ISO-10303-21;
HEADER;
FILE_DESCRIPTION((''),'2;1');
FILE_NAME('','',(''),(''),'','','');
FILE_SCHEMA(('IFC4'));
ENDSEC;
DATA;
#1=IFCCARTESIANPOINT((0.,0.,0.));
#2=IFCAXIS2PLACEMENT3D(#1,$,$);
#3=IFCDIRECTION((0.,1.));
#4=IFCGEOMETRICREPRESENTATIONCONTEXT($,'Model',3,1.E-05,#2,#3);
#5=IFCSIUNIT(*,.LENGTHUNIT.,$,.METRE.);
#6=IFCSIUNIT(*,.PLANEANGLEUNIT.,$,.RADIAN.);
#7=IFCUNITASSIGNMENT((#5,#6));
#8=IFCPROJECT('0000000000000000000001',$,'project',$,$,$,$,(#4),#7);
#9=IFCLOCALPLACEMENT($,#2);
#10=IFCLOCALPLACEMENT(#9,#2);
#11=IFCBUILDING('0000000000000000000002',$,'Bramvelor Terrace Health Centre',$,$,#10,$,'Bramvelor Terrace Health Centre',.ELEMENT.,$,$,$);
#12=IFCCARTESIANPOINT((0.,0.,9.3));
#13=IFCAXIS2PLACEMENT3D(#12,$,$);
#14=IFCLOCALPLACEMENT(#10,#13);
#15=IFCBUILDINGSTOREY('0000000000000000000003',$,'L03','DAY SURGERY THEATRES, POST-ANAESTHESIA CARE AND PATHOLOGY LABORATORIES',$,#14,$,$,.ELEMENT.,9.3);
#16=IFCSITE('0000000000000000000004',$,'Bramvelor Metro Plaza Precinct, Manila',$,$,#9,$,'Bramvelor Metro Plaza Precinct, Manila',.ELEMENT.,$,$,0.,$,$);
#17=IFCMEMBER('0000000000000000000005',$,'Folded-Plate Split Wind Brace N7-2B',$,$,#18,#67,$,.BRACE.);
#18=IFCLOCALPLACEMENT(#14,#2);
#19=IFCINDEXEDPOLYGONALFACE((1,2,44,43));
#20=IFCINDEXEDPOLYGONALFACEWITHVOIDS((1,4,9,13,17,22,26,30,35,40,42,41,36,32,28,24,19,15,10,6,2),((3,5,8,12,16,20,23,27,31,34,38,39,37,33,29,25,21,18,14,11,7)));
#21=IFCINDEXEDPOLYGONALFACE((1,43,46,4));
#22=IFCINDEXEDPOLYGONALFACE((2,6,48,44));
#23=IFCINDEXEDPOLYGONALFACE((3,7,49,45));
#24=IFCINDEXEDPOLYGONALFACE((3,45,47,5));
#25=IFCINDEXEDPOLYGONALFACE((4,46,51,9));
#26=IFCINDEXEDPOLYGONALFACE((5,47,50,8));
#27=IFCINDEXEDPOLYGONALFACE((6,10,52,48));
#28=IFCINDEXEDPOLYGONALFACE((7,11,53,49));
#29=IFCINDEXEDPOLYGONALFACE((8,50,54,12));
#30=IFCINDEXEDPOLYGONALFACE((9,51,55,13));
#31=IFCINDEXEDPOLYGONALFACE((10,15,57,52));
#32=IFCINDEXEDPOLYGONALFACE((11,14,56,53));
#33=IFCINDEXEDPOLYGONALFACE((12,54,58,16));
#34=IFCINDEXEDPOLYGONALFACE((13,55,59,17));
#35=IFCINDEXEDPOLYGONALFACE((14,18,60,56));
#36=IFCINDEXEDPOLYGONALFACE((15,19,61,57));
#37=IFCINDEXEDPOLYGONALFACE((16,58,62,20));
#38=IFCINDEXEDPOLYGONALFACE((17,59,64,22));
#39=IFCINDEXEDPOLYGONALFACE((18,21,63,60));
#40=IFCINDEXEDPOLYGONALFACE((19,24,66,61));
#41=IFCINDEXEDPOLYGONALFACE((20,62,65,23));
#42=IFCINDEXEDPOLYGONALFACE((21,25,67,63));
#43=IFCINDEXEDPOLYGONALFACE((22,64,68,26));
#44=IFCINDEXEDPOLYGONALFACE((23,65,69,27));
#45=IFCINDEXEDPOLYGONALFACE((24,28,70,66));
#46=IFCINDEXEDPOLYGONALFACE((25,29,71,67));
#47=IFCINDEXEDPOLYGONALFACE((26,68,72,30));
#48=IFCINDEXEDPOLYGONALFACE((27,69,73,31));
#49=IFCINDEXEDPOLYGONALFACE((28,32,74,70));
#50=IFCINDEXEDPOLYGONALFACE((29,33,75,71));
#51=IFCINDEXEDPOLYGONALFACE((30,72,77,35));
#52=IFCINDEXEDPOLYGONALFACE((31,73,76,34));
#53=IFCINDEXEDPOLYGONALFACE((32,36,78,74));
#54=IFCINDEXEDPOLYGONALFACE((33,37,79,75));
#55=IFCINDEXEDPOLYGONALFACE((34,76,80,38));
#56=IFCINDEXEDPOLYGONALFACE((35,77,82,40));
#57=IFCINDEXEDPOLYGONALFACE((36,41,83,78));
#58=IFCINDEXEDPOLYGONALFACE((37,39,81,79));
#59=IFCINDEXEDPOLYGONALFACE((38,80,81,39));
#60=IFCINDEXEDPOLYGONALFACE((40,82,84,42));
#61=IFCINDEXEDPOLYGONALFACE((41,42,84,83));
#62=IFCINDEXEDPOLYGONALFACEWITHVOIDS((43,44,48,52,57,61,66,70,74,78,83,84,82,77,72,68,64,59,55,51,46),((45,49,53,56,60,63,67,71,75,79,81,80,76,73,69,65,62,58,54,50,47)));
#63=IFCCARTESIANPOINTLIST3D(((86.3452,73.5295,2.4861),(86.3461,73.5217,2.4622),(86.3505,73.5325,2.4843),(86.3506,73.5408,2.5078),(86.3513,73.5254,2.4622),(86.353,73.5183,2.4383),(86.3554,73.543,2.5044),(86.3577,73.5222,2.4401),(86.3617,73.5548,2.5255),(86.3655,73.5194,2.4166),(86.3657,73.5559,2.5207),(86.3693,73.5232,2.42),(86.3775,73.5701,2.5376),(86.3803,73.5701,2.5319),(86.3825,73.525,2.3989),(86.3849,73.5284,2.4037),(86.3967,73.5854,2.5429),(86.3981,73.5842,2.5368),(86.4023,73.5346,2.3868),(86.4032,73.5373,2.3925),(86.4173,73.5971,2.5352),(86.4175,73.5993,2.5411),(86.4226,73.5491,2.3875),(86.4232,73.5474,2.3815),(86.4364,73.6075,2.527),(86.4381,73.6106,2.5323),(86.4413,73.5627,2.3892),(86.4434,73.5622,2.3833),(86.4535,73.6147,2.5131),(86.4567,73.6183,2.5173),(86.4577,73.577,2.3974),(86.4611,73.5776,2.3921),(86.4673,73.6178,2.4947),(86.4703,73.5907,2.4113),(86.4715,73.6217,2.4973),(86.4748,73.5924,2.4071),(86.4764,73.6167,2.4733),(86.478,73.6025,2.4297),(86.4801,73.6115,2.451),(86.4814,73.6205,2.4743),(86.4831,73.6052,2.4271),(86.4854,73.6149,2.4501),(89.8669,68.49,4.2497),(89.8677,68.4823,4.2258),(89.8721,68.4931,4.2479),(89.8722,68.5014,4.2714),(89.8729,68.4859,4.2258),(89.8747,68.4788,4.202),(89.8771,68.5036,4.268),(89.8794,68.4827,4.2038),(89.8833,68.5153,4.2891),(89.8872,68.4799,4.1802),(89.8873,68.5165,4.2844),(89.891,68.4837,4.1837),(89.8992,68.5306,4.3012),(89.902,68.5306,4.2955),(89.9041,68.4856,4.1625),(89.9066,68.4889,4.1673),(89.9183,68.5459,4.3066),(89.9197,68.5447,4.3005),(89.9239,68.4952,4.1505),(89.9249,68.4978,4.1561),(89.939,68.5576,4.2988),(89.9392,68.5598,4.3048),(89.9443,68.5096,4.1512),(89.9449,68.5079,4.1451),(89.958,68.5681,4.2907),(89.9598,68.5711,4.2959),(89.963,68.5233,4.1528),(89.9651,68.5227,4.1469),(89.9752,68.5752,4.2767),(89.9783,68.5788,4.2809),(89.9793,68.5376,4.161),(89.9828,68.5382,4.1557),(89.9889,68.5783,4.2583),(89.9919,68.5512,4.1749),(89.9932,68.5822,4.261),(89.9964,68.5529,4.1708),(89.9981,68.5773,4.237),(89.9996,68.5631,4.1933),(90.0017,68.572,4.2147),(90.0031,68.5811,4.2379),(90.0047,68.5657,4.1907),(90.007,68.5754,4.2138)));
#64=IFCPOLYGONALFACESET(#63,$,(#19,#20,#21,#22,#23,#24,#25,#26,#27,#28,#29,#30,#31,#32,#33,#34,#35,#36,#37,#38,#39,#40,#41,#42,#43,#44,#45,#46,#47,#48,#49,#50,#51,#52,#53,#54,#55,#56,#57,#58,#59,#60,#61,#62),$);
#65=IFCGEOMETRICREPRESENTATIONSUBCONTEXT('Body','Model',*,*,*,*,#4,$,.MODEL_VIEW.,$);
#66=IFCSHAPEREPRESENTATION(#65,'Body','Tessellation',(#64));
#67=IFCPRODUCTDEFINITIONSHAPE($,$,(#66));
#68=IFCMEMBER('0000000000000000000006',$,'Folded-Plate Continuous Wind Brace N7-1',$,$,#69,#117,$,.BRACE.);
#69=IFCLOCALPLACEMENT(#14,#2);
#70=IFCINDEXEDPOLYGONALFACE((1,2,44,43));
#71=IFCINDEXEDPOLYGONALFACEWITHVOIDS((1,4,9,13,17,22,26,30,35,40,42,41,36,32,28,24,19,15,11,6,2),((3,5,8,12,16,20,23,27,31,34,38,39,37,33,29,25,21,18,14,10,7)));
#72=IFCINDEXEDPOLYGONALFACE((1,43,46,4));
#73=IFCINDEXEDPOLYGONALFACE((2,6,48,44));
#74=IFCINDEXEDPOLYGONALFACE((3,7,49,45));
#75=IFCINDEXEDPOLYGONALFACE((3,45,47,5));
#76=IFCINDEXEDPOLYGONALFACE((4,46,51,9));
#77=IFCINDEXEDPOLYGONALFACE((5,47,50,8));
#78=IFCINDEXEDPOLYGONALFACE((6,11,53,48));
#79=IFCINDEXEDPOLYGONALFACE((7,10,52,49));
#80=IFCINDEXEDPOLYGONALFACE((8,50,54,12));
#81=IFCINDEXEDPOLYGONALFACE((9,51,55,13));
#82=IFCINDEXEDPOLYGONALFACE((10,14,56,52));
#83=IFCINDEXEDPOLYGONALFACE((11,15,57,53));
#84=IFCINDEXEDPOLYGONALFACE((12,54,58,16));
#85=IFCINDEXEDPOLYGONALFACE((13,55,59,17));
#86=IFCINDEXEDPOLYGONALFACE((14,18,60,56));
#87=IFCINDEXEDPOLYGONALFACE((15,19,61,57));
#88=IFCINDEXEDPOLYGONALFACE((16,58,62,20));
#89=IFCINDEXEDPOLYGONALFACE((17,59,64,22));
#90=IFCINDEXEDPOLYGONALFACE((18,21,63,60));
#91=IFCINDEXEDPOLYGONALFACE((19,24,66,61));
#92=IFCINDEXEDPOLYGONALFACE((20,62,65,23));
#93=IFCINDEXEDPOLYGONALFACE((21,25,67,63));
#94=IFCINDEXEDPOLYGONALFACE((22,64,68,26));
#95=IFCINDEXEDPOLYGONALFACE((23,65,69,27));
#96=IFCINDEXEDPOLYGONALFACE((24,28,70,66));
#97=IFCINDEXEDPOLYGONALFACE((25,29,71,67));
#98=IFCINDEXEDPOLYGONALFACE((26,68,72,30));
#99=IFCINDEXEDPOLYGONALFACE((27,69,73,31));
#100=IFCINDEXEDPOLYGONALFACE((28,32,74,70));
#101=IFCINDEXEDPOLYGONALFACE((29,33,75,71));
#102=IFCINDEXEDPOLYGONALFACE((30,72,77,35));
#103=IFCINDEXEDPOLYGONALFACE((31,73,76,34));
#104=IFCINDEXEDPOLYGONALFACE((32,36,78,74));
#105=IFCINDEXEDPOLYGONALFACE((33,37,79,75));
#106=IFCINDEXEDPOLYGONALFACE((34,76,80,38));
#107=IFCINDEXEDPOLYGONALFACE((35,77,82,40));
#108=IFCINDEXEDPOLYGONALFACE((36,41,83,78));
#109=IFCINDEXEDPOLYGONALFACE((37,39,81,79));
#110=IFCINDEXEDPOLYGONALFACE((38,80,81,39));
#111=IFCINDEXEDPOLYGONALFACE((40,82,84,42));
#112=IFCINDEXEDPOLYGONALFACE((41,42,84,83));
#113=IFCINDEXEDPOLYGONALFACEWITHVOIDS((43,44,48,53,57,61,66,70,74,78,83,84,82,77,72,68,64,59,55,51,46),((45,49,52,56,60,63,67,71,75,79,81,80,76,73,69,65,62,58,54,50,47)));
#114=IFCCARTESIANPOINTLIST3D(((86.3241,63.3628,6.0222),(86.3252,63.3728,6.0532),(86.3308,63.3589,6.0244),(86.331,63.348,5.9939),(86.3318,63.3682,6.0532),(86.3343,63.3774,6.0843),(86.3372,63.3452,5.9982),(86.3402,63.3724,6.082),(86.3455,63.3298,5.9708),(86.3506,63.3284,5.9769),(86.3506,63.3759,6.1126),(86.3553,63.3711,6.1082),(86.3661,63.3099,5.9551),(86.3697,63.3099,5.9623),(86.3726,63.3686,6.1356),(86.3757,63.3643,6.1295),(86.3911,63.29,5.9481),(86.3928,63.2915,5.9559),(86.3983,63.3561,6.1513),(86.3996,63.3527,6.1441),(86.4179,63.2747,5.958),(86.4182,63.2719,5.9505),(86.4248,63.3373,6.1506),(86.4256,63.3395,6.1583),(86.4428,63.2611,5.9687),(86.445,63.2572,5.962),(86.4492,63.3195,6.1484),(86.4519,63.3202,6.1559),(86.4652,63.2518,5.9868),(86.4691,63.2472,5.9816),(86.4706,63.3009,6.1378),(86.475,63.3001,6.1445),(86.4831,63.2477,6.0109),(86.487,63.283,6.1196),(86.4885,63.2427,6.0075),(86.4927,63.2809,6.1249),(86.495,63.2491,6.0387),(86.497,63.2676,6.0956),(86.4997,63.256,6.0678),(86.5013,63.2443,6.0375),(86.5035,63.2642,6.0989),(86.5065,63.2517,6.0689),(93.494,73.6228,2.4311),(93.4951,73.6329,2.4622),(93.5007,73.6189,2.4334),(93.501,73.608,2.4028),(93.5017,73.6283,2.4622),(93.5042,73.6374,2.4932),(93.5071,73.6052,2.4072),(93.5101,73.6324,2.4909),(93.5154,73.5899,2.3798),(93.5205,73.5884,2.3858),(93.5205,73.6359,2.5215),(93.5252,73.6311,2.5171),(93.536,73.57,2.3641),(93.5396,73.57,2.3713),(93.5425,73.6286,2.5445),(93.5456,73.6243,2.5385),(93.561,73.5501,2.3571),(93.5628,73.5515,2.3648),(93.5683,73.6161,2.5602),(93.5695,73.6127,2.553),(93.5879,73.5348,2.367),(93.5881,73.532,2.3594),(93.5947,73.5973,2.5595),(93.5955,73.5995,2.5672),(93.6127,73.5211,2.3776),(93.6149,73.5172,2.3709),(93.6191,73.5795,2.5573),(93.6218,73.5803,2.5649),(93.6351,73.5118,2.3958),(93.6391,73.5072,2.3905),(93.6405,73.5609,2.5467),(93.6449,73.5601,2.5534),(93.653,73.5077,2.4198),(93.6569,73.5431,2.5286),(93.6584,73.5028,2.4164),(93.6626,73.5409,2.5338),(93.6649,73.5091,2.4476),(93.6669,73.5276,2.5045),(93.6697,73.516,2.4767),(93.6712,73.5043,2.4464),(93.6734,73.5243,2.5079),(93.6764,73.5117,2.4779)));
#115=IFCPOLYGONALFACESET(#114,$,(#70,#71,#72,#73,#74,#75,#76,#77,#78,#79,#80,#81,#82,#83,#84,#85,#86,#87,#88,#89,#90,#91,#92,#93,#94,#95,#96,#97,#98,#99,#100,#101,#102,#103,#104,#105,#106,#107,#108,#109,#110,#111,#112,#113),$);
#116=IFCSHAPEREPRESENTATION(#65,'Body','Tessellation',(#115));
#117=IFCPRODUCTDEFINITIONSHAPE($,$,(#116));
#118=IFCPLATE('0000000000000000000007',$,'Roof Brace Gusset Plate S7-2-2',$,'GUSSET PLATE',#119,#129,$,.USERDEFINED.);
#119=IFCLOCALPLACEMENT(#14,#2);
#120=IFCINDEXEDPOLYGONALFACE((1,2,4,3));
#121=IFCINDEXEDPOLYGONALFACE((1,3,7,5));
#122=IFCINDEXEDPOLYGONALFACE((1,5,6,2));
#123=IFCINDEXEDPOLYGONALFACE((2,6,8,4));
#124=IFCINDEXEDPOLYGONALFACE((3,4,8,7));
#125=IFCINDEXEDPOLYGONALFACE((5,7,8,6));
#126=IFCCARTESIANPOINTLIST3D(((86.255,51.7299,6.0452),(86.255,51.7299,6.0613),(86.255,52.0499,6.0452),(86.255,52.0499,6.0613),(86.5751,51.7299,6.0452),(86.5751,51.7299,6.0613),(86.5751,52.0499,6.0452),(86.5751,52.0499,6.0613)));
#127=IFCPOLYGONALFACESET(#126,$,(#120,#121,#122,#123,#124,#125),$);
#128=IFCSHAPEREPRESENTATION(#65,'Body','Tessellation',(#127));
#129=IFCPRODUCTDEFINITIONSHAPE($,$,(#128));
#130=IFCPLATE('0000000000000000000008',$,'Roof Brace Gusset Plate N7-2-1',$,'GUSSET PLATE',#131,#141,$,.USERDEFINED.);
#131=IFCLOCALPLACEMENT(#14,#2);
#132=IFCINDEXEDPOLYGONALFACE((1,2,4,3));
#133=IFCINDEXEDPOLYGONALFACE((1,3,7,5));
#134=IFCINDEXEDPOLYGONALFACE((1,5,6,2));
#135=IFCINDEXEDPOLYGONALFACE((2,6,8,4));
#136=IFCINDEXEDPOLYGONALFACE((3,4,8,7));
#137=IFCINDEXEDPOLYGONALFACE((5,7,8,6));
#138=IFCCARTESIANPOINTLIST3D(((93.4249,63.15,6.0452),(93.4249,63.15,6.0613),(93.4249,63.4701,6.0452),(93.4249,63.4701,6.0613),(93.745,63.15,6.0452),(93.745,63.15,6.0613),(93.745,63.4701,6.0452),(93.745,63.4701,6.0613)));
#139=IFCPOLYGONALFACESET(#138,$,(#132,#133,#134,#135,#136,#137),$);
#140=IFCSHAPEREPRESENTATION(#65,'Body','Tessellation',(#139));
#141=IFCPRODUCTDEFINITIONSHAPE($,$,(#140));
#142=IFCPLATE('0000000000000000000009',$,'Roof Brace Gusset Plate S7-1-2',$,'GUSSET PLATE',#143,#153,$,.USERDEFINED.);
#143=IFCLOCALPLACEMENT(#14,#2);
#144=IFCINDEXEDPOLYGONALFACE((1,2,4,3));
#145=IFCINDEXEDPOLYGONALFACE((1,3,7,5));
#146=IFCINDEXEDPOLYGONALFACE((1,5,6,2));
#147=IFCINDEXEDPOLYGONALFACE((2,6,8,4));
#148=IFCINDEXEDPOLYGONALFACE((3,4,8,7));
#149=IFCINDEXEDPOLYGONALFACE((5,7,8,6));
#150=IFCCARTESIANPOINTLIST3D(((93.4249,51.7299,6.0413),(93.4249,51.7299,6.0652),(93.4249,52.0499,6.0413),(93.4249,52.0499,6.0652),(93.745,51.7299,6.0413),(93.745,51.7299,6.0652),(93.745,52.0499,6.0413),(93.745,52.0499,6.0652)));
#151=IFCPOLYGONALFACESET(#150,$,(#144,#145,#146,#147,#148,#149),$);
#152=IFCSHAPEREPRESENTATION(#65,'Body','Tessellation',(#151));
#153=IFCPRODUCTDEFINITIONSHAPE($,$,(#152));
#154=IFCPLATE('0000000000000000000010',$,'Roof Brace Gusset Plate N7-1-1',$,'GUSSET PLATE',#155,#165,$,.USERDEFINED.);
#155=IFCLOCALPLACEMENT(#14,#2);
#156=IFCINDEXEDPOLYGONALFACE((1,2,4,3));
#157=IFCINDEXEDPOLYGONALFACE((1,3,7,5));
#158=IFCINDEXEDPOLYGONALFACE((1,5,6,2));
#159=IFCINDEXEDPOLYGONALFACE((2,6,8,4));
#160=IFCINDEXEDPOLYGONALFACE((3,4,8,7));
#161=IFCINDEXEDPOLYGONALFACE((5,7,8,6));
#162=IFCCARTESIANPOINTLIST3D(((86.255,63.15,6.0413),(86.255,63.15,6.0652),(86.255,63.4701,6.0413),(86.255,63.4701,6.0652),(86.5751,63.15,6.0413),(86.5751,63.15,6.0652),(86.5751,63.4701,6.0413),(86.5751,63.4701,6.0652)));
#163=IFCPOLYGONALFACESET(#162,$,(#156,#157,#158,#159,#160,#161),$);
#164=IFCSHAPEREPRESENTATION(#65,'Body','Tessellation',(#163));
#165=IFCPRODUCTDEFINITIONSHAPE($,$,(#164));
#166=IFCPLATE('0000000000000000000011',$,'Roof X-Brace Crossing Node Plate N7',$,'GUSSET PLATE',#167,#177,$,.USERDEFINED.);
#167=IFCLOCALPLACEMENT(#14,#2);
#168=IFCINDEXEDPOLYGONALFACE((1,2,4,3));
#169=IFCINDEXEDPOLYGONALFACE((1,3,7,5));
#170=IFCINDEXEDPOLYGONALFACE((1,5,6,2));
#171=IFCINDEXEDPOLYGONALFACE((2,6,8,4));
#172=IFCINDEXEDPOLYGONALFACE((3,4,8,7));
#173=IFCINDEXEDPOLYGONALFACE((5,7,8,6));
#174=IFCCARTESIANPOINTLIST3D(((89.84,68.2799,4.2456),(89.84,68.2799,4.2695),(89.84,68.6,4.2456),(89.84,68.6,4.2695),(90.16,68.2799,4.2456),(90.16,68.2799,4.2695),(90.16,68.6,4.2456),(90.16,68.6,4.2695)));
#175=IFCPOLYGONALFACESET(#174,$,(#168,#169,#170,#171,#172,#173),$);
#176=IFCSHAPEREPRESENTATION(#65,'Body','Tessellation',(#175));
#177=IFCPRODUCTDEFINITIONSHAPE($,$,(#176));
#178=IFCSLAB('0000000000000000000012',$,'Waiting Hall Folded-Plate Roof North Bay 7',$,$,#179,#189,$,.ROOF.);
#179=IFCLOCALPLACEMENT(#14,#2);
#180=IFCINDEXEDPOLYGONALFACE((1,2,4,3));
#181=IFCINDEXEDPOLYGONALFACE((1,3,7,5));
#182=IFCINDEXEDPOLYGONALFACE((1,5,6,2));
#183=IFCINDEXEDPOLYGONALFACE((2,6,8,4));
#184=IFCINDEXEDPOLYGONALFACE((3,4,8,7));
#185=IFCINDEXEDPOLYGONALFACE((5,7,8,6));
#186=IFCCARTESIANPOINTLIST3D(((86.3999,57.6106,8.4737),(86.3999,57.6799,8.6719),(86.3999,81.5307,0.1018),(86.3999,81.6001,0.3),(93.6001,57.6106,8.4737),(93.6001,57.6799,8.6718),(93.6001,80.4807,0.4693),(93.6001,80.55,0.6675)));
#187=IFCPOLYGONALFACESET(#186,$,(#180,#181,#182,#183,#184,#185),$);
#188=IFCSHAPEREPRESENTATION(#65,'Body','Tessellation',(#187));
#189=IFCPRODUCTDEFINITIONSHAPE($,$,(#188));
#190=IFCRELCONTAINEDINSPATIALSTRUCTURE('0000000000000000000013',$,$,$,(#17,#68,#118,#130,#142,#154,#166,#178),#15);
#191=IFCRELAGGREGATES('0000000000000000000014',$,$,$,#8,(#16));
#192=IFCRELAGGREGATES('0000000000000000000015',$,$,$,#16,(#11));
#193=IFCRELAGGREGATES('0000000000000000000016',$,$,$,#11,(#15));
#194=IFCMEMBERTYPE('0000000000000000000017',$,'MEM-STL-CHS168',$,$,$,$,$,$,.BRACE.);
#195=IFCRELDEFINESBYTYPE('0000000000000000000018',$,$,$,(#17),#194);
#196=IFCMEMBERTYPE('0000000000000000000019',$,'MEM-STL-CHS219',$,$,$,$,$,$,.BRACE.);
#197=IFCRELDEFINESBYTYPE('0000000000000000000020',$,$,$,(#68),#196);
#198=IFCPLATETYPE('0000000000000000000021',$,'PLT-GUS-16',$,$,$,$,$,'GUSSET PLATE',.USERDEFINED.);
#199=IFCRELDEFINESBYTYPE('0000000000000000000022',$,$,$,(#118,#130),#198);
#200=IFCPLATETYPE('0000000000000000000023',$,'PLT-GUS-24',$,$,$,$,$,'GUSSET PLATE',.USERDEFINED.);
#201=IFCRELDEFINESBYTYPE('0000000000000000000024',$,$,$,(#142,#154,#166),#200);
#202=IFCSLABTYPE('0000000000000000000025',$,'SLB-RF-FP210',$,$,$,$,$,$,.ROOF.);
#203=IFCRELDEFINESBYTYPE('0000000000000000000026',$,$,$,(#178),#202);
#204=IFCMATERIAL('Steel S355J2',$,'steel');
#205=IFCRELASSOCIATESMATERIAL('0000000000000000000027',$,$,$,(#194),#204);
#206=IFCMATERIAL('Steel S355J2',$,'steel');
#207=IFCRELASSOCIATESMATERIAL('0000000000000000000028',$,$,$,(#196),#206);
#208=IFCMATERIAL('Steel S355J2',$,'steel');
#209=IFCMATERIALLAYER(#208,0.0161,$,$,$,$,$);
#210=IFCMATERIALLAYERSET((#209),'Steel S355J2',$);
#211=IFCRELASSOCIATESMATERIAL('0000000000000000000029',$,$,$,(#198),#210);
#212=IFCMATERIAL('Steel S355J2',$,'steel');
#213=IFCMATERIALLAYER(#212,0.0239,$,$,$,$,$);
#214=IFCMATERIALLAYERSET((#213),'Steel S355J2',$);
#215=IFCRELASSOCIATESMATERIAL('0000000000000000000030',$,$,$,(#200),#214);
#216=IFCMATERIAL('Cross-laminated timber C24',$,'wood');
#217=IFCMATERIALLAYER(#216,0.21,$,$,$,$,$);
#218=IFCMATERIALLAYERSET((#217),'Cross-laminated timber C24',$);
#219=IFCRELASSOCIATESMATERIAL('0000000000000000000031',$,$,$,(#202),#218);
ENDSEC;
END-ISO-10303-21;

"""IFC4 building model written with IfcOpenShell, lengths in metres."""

from ifc_helpers import new_model, si_unit, direction, frame, origin, origin_2d, place, context, subcontext, project, spatial, polyline, rectangle, hollow_circle, outline, extrude, material, layer, layer_set, material_profile, profile_set, type_object, element, save


model = new_model("IFC4")

# Units and contexts
model_context = context("Model", 3, precision=1e-05, world=origin(), true_north=direction((0.0, 1.0)))
body_context = subcontext(model_context, "Body", "Model", "MODEL_VIEW")
ifc_project = project(units=[si_unit("LENGTHUNIT", "METRE"), si_unit("PLANEANGLEUNIT", "RADIAN")], contexts=[model_context])

# Site, building, storey
site_placement = place(None, origin())
site = spatial("IfcSite", under=ifc_project, at=site_placement, Name="Bramvelor Metro Plaza Precinct, Manila", LongName="Bramvelor Metro Plaza Precinct, Manila", CompositionType="ELEMENT", RefElevation=0.0)
building_placement = place(site_placement, origin())
building = spatial("IfcBuilding", under=site, at=building_placement, Name="Bramvelor Terrace Health Centre", LongName="Bramvelor Terrace Health Centre", CompositionType="ELEMENT")
storey_placement = place(building_placement, frame((0.0, 0.0, 9.3)))
storey = spatial("IfcBuildingStorey", under=building, at=storey_placement, Name="L03", Description="DAY SURGERY THEATRES, POST-ANAESTHESIA CARE AND PATHOLOGY LABORATORIES", CompositionType="ELEMENT", Elevation=9.3)

# Members
ifc_material_1 = material(Name="Steel S355J2", Category="steel")
ifc_material_profile_1 = material_profile(ifc_material_1, hollow_circle(Radius=0.0842, WallThickness=0.0063, at=origin_2d()), Name="CHS 168.3x6.3")
ifc_profile_set_1 = profile_set([ifc_material_profile_1], Name="Steel S355J2")
member_type_1 = type_object("IfcMemberType", Name="MEM-STL-CHS168", PredefinedType="BRACE", material=ifc_profile_set_1)
for number, where, z_axis, x_axis, name in (
    (1, (89.9368, 68.5305, 4.2258), (-0.550605, 0.787909, -0.275741), (-0.819687, -0.572812, 0.0), "Folded-Plate Split Wind Brace N7-2B"),
):
    element("IfcMember", number, at=place(storey_placement, frame(where, z_axis=z_axis, x_axis=x_axis)), inside=storey, type_object=member_type_1, Name=name, PredefinedType="BRACE", context=body_context, shape_type="SweptSolid", body=[
        extrude(hollow_circle(Radius=0.0842, WallThickness=0.0063, at=origin_2d()), origin(), (0.0, 0.0, 1.0), 6.396),
    ])
ifc_material_2 = material(Name="Steel S355J2", Category="steel")
ifc_material_profile_2 = material_profile(ifc_material_2, hollow_circle(Radius=0.1096, WallThickness=0.0081, at=origin_2d()), Name="CHS 219.1x8.0")
ifc_profile_set_2 = profile_set([ifc_material_profile_2], Name="Steel S355J2")
member_type_2 = type_object("IfcMemberType", Name="MEM-STL-CHS219", PredefinedType="BRACE", material=ifc_profile_set_2)
member_placement = place(storey_placement, frame((86.415, 63.3101, 6.0532), z_axis=(0.550603, 0.787901, -0.27577), x_axis=(-0.819685, 0.572814, 0.0)))
element("IfcMember", 2, at=member_placement, inside=storey, type_object=member_type_2, Name="Folded-Plate Continuous Wind Brace N7-1", PredefinedType="BRACE", context=body_context, shape_type="SweptSolid", body=[
    extrude(hollow_circle(Radius=0.1096, WallThickness=0.0081, at=origin_2d()), origin(), (0.0, 0.0, 1.0), 13.022),
])

# Plates
ifc_material_3 = material(Name="Steel S355J2", Category="steel")
ifc_layer_1 = layer(ifc_material_3, 0.0161)
ifc_layer_set_1 = layer_set([ifc_layer_1], Name="Steel S355J2")
plate_type_1 = type_object("IfcPlateType", Name="PLT-GUS-16", ElementType="GUSSET PLATE", PredefinedType="USERDEFINED", material=ifc_layer_set_1)
for number, where, z_axis, x_axis, name in (
    (3, (86.415, 51.8899, 6.0452), (0.0, 0.0, 1.0), (1.0, 0.0, 0.0), "Roof Brace Gusset Plate S7-2-2"),
    (4, (93.585, 63.3101, 6.0452), (0.0, 0.0, 1.0), (1.0, 0.0, 0.0), "Roof Brace Gusset Plate N7-2-1"),
):
    element("IfcPlate", number, at=place(storey_placement, frame(where, z_axis=z_axis, x_axis=x_axis)), inside=storey, type_object=plate_type_1, Name=name, ObjectType="GUSSET PLATE", PredefinedType="USERDEFINED", context=body_context, shape_type="SweptSolid", body=[
        extrude(rectangle(XDim=0.3201, YDim=0.3201, at=origin_2d()), origin(), (0.0, 0.0, 1.0), 0.0161),
    ])
ifc_material_4 = material(Name="Steel S355J2", Category="steel")
ifc_layer_2 = layer(ifc_material_4, 0.0239)
ifc_layer_set_2 = layer_set([ifc_layer_2], Name="Steel S355J2")
plate_type_2 = type_object("IfcPlateType", Name="PLT-GUS-24", ElementType="GUSSET PLATE", PredefinedType="USERDEFINED", material=ifc_layer_set_2)
for number, where, z_axis, x_axis, name in (
    (5, (93.585, 51.8899, 6.0413), (0.0, 0.0, 1.0), (1.0, 0.0, 0.0), "Roof Brace Gusset Plate S7-1-2"),
    (6, (86.415, 63.3101, 6.0413), (0.0, 0.0, 1.0), (1.0, 0.0, 0.0), "Roof Brace Gusset Plate N7-1-1"),
    (7, (90.0, 68.4399, 4.2456), (0.0, 0.0, 1.0), (1.0, 0.0, 0.0), "Roof X-Brace Crossing Node Plate N7"),
):
    element("IfcPlate", number, at=place(storey_placement, frame(where, z_axis=z_axis, x_axis=x_axis)), inside=storey, type_object=plate_type_2, Name=name, ObjectType="GUSSET PLATE", PredefinedType="USERDEFINED", context=body_context, shape_type="SweptSolid", body=[
        extrude(rectangle(XDim=0.3201, YDim=0.3201, at=origin_2d()), origin(), (0.0, 0.0, 1.0), 0.0239),
    ])

# Slab
ifc_material_5 = material(Name="Cross-laminated timber C24", Category="wood")
ifc_layer_3 = layer(ifc_material_5, 0.21)
ifc_layer_set_3 = layer_set([ifc_layer_3], Name="Cross-laminated timber C24")
slab_type = type_object("IfcSlabType", Name="SLB-RF-FP210", PredefinedType="ROOF", material=ifc_layer_set_3)
slab_placement = place(storey_placement, frame((86.3999, 57.6799, 8.6719), z_axis=(0.000005, 0.330344, 0.943861), x_axis=(1.0, -0.000002, -0.000005)))
element("IfcSlab", 8, at=slab_placement, inside=storey, type_object=slab_type, Name="Waiting Hall Folded-Plate Roof North Bay 7", PredefinedType="ROOF", context=body_context, shape_type="SweptSolid", body=[
    extrude(outline(polyline([(0.0, 0.0), (7.2002, 0.0), (7.2002, 24.2304), (0.0, 25.3429), (0.0, 0.0)])), origin(), (0.0, 0.0, -1.0), 0.21),
])

save(model, "model.ifc")
